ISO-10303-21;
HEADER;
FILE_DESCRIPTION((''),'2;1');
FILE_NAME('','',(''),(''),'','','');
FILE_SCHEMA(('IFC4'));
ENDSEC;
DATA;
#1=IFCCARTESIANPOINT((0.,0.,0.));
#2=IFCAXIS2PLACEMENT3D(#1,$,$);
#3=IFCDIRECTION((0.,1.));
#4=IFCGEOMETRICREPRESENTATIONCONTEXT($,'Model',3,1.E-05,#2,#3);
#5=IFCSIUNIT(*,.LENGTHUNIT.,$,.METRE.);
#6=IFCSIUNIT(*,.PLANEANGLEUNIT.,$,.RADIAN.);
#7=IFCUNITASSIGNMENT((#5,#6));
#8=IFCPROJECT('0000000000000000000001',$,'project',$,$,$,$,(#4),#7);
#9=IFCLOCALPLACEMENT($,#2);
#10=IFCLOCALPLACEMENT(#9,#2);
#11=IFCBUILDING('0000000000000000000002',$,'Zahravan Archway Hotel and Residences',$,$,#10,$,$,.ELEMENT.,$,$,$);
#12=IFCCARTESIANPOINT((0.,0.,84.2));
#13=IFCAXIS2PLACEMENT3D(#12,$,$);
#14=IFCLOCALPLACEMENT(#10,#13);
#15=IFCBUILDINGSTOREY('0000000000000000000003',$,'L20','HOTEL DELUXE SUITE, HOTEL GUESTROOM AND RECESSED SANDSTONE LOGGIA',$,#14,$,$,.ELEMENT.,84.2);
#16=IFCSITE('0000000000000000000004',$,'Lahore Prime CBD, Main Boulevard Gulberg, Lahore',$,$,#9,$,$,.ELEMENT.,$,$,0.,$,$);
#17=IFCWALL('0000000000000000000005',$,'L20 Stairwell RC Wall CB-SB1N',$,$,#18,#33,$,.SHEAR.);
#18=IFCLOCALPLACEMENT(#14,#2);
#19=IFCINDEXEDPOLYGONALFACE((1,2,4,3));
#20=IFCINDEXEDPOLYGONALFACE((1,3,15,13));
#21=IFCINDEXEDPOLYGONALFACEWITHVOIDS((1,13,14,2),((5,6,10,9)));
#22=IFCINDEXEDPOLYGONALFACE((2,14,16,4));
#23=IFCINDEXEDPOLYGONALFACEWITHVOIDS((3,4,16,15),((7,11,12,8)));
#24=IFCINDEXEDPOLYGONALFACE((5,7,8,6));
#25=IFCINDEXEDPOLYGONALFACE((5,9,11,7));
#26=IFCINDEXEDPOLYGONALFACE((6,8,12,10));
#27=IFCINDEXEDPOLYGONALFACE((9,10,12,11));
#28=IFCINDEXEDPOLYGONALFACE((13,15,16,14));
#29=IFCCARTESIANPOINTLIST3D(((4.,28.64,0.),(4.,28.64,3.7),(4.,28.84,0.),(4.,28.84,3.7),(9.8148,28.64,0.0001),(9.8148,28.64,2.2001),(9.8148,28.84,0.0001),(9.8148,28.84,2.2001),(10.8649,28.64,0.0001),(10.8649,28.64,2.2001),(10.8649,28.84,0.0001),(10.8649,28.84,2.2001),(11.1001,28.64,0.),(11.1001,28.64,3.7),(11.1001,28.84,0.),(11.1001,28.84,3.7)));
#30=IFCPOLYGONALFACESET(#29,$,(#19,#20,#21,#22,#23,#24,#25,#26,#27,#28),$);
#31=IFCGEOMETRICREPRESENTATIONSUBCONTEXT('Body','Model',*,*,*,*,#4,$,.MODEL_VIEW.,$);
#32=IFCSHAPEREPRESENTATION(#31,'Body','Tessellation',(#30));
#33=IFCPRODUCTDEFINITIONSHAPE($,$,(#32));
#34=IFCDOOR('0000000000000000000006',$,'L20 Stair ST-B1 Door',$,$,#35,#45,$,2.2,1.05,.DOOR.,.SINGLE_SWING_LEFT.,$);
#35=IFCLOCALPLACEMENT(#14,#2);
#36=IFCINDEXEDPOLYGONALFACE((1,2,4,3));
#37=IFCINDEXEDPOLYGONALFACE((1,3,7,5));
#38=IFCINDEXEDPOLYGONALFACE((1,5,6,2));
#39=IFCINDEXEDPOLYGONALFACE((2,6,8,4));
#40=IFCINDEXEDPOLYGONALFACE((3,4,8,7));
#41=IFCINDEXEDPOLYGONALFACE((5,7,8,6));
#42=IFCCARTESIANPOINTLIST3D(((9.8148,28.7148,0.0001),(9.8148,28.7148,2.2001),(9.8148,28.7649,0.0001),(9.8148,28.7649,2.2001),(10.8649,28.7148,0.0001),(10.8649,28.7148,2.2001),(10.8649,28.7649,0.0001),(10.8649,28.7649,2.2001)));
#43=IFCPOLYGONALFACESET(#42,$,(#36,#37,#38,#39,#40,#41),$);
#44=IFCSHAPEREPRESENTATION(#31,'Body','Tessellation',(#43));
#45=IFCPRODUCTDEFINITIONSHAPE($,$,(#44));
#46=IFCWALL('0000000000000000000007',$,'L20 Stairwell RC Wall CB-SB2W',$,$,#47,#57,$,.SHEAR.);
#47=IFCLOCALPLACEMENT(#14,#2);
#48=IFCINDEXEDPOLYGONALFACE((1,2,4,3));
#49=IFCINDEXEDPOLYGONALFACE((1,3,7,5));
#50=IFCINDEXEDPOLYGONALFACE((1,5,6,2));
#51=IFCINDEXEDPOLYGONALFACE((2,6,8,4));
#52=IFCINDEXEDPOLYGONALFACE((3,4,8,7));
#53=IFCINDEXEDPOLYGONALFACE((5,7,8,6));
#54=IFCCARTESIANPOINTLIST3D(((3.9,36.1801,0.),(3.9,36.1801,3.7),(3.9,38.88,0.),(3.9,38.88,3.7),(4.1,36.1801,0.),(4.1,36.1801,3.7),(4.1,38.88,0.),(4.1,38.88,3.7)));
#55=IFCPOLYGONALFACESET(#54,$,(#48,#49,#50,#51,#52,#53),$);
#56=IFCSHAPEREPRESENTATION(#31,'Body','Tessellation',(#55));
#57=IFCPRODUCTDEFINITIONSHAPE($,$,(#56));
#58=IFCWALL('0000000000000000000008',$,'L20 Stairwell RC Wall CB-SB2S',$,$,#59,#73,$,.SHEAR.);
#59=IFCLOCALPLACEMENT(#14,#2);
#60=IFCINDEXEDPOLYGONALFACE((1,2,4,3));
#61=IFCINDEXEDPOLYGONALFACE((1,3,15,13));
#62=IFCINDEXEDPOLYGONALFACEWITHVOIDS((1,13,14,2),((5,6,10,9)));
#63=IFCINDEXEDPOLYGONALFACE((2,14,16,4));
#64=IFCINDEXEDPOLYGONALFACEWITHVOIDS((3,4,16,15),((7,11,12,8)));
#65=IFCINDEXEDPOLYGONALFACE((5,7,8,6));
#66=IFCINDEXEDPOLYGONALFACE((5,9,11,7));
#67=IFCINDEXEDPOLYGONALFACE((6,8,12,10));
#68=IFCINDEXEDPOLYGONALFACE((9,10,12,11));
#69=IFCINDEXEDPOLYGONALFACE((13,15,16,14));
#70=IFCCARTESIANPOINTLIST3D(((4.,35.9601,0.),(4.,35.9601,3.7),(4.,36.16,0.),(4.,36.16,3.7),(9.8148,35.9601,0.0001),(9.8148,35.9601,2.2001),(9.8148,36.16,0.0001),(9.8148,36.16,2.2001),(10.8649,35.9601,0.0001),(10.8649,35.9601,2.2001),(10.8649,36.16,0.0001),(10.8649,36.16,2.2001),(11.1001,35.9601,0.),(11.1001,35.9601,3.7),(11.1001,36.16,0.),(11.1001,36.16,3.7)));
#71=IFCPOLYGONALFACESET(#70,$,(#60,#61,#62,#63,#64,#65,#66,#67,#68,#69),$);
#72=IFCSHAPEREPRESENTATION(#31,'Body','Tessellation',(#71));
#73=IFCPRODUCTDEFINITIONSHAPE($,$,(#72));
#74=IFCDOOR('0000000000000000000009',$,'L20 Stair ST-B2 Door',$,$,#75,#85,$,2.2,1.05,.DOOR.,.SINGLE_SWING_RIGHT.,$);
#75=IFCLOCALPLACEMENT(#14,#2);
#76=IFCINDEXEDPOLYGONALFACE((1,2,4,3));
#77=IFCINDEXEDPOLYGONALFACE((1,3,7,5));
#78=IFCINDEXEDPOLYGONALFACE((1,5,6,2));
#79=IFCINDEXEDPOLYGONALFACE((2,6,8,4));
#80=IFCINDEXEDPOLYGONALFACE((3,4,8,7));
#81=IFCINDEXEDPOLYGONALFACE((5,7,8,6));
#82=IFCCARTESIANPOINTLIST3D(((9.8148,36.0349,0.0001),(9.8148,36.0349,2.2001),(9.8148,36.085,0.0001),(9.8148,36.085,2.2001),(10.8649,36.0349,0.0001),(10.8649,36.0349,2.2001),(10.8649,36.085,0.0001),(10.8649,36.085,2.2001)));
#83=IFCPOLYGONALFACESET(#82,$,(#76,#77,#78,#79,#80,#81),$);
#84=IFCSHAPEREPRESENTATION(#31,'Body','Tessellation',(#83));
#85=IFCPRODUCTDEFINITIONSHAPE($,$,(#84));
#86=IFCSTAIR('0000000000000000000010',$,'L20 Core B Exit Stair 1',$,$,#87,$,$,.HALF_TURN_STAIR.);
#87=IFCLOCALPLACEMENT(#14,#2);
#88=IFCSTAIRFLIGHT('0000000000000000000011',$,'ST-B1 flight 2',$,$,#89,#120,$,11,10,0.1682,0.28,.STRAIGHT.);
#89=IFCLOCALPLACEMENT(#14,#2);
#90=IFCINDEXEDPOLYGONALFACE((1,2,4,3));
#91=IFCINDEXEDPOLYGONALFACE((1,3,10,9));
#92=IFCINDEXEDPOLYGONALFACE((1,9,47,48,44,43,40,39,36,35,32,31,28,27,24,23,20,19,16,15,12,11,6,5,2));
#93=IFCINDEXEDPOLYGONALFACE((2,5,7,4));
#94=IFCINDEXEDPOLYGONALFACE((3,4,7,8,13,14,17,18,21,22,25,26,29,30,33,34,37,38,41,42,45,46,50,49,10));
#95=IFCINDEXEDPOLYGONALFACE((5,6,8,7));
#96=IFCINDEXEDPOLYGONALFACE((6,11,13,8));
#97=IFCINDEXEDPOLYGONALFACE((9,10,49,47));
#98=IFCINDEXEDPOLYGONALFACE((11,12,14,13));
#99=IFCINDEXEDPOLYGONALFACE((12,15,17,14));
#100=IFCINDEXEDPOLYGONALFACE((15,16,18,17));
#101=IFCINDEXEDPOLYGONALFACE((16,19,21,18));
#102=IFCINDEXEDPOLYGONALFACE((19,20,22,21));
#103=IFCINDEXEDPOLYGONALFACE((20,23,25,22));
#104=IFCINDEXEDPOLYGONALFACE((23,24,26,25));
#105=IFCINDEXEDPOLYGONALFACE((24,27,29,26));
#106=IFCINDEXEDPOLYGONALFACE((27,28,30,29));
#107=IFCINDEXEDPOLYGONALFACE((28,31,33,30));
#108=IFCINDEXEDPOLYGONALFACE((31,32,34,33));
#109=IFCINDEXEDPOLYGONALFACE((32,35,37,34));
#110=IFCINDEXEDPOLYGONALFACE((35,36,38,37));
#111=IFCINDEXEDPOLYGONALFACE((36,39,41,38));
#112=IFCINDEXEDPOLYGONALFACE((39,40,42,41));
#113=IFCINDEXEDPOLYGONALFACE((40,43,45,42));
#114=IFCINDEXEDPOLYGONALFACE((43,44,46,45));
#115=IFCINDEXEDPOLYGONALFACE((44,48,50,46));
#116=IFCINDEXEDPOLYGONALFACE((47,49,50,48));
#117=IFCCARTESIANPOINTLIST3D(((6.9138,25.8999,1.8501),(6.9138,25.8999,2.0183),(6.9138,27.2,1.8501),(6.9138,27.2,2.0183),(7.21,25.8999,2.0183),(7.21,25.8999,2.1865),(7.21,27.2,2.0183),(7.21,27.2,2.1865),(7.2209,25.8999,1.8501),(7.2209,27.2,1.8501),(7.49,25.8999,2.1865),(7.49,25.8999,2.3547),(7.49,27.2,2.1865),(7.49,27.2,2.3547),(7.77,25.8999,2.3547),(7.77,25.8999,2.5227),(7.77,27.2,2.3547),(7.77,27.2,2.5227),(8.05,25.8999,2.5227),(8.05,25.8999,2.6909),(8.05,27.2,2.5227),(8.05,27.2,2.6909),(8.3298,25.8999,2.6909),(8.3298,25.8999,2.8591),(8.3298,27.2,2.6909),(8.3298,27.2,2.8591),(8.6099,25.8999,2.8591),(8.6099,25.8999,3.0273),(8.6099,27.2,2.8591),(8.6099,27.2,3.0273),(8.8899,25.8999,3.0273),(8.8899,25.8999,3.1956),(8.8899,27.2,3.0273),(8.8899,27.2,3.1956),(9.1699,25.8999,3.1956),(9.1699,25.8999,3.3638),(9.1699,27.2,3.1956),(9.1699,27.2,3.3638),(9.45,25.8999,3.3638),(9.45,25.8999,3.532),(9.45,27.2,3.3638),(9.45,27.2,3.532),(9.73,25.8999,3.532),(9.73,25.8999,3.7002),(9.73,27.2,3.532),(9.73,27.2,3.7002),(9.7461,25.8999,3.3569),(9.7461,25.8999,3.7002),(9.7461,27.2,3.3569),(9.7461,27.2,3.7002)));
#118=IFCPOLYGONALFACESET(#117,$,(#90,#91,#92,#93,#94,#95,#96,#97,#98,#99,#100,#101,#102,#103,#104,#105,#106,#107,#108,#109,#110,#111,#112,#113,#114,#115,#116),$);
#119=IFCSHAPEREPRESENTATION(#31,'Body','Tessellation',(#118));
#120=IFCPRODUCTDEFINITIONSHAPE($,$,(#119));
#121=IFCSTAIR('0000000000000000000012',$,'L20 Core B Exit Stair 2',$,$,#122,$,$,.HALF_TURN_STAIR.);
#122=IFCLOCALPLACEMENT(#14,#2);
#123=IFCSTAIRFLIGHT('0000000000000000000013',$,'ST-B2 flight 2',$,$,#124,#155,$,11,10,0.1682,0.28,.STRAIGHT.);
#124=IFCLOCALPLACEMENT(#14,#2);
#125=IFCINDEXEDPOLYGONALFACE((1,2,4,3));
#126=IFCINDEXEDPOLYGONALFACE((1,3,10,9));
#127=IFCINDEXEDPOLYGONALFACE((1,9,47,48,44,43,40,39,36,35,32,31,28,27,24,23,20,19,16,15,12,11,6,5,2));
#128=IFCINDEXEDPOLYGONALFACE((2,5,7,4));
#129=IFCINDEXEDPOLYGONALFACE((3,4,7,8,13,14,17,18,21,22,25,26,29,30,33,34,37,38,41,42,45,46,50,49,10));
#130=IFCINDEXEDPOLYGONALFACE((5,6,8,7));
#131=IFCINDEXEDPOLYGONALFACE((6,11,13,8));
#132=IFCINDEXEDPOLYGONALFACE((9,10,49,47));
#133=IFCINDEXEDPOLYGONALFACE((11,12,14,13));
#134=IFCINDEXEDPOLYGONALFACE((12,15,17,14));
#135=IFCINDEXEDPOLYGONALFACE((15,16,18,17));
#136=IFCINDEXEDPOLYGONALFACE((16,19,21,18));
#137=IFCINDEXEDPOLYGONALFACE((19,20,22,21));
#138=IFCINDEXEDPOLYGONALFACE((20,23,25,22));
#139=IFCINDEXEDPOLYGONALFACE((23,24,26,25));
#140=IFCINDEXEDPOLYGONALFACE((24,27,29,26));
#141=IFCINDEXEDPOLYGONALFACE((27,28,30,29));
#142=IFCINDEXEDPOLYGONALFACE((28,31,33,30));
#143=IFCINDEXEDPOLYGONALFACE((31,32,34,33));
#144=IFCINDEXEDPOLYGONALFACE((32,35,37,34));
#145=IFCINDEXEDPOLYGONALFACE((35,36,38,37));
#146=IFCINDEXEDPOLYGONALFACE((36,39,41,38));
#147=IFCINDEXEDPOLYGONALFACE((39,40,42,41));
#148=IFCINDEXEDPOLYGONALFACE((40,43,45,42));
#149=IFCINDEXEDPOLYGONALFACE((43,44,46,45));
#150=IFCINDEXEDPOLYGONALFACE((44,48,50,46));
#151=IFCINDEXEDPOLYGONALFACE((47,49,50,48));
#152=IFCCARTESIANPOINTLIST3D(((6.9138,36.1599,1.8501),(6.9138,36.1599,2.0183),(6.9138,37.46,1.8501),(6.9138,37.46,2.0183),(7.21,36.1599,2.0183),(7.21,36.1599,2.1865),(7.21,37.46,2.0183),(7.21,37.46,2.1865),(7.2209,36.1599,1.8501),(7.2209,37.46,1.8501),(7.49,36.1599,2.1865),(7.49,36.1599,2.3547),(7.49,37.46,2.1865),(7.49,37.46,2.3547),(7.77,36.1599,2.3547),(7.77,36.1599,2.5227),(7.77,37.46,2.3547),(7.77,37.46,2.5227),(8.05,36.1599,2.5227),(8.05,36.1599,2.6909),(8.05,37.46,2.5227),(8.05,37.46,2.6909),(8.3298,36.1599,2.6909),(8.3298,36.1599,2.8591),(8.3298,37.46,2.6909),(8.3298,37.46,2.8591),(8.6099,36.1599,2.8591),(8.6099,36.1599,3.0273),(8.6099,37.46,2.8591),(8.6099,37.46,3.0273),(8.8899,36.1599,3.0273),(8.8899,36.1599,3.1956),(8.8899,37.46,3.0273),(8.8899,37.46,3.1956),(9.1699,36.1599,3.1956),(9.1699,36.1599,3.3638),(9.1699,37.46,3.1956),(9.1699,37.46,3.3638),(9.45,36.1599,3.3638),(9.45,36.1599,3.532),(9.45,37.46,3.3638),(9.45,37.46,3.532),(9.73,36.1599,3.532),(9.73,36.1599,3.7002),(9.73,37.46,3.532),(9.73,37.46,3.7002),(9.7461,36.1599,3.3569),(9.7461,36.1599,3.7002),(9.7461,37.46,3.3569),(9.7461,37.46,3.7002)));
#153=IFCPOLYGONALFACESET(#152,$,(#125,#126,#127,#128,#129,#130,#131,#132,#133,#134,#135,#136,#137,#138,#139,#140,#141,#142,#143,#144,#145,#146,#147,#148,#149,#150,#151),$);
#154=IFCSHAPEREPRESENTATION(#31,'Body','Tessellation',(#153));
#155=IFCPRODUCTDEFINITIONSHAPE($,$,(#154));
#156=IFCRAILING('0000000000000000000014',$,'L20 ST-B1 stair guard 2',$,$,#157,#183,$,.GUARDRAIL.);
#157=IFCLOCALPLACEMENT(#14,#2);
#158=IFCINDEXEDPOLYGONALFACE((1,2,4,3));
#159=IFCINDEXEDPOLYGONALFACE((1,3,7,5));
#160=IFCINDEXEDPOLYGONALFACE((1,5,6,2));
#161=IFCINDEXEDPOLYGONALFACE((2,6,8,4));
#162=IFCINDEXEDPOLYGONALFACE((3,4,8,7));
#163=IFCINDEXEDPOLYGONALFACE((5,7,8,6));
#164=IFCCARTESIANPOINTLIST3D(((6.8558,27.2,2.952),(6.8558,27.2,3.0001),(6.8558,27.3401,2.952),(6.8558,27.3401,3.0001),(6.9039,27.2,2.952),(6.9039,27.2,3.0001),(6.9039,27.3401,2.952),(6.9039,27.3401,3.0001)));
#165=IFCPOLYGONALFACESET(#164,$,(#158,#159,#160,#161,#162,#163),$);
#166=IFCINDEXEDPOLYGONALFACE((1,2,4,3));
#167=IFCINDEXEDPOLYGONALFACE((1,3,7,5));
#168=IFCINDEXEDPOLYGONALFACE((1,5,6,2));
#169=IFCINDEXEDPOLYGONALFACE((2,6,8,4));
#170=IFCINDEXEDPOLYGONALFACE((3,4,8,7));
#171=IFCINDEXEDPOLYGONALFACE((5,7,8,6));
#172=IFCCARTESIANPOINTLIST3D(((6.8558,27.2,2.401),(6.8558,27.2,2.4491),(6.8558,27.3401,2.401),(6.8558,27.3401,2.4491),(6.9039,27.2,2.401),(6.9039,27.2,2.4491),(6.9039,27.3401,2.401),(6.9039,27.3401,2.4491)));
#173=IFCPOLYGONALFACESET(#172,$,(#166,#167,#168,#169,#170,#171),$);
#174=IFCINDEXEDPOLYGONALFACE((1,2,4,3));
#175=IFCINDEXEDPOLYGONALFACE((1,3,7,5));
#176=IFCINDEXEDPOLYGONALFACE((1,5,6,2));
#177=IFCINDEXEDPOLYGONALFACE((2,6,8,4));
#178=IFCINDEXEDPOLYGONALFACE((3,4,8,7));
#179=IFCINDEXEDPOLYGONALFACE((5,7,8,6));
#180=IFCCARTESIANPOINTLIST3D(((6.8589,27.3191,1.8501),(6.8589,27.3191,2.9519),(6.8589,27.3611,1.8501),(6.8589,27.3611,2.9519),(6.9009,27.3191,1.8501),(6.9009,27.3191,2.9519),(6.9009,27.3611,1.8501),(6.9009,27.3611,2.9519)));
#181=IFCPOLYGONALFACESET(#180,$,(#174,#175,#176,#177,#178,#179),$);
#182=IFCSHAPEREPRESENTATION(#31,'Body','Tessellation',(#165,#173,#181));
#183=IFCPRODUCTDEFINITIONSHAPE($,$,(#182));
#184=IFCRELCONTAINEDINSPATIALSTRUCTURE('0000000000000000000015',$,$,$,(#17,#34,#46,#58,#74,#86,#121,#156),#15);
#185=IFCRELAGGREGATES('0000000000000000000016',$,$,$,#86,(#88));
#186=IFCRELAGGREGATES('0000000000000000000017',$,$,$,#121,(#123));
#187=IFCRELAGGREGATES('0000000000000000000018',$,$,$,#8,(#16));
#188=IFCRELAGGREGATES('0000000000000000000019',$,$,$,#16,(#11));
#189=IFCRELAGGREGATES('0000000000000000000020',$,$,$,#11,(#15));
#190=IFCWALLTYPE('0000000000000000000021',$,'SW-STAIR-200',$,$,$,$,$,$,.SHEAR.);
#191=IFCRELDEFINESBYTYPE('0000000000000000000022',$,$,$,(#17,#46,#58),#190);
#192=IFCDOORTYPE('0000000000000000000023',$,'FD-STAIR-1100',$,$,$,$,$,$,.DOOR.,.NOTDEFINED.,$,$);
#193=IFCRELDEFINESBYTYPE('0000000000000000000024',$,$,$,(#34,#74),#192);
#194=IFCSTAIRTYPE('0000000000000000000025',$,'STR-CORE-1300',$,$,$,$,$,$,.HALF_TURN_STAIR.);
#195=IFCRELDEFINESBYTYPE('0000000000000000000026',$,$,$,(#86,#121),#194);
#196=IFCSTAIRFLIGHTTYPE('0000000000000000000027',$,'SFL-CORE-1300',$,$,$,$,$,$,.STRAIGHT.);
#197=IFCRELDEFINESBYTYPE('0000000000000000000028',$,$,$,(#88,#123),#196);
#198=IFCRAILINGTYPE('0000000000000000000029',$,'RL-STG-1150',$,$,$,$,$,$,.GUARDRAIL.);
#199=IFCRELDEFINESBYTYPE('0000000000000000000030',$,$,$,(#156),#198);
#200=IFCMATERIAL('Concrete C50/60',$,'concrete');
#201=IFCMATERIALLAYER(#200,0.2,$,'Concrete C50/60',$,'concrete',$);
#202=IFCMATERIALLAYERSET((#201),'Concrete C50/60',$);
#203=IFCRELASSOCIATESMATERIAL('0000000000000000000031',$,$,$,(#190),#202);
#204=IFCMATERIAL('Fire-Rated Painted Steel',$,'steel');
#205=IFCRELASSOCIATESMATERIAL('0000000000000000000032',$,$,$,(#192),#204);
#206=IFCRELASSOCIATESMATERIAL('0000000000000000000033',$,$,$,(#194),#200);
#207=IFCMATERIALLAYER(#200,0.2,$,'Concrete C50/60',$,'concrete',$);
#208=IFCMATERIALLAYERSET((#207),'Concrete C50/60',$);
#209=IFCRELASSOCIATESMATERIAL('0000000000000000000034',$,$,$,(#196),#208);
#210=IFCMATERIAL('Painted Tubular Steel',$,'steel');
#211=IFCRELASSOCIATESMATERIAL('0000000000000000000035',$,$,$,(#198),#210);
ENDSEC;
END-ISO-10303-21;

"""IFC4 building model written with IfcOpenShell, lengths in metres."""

from ifc_helpers import new_model, si_unit, direction, frame, frame_2d, origin, origin_2d, place, context, subcontext, project, spatial, polyline, rectangle, outline, extrude, source, transform, mapped, material, layer, layer_set, type_object, type_shapes, element, fill, aggregate, save


model = new_model("IFC4")

# Units and contexts
model_context = context("Model", 3, precision=1e-05, world=origin(), true_north=direction((0.0, 1.0)))
body_context = subcontext(model_context, "Body", "Model", "MODEL_VIEW")
ifc_project = project(units=[si_unit("LENGTHUNIT", "METRE"), si_unit("PLANEANGLEUNIT", "RADIAN")], contexts=[model_context])

# Site, building, storey
site_placement = place(None, origin())
site = spatial("IfcSite", under=ifc_project, at=site_placement, Name="Lahore Prime CBD, Main Boulevard Gulberg, Lahore", CompositionType="ELEMENT", RefElevation=0.0)
building_placement = place(site_placement, origin())
building = spatial("IfcBuilding", under=site, at=building_placement, Name="Zahravan Archway Hotel and Residences", CompositionType="ELEMENT")
storey_placement = place(building_placement, frame((0.0, 0.0, 84.2)))
storey = spatial("IfcBuildingStorey", under=building, at=storey_placement, Name="L20", Description="HOTEL DELUXE SUITE, HOTEL GUESTROOM AND RECESSED SANDSTONE LOGGIA", CompositionType="ELEMENT", Elevation=84.2)

# Shared definitions
ifc_material_1 = material(Name="Fire-Rated Painted Steel", Category="steel")

# Shared definitions
ifc_material_2 = material(Name="Concrete C50/60", Category="concrete")
ifc_layer_1 = layer(ifc_material_2, 0.2, Name="Concrete C50/60", Category="concrete")
ifc_layer_set_1 = layer_set([ifc_layer_1], Name="Concrete C50/60")
wall_type_1 = type_object("IfcWallType", Name="SW-STAIR-200", PredefinedType="SHEAR", material=ifc_layer_set_1)

# Wall, opening, door
wall_1_placement = place(storey_placement, frame((4.0, 28.74, 0.0), z_axis=(0.0, 0.0, 1.0), x_axis=(1.0, 0.0, 0.0)))
wall_1 = element("IfcWall", 1, at=wall_1_placement, inside=storey, type_object=wall_type_1, Name="L20 Stairwell RC Wall CB-SB1N", PredefinedType="SHEAR", context=body_context, shape_type="SweptSolid", body=[
    extrude(rectangle(XDim=7.1001, YDim=0.2, at=frame_2d((3.55, 0.0))), origin(), (0.0, 0.0, 1.0), 3.7),
])
opening_1_placement = place(wall_1_placement, frame((5.8149, 0.0, 0.0)))
opening_1 = element("IfcOpeningElement", 2, at=opening_1_placement, cuts=wall_1, PredefinedType="OPENING", context=body_context, shape_type="SweptSolid", body=[
    extrude(rectangle(XDim=1.05, YDim=2.2, at=frame_2d((0.5249, 1.1001))), frame((0.0, 0.1099, 0.0), z_axis=(0.0, -1.0, 0.0), x_axis=(1.0, 0.0, 0.0)), (0.0, 0.0, 1.0), 0.22),
])
door_type_1 = type_object("IfcDoorType", Name="FD-STAIR-1100", OperationType="NOTDEFINED", PredefinedType="DOOR", material=ifc_material_1)
shared_shape_1 = source(origin(), body_context, "Body", "SweptSolid", [
    extrude(rectangle(XDim=1.05, YDim=2.2, at=frame_2d((0.5249, 1.1001))), frame((0.0, 0.0249, 0.0), z_axis=(0.0, -1.0, 0.0), x_axis=(1.0, 0.0, 0.0)), (0.0, 0.0, 1.0), 0.05),
])
type_shapes(door_type_1, [shared_shape_1])
door_1_placement = place(opening_1_placement, origin())
door_1 = element("IfcDoor", 3, at=door_1_placement, inside=storey, type_object=door_type_1, Name="L20 Stair ST-B1 Door", OperationType="SINGLE_SWING_LEFT", OverallHeight=2.2, OverallWidth=1.05, PredefinedType="DOOR", context=body_context, shape_type="MappedRepresentation", body=[
    mapped(shared_shape_1, transform((0.0, 0.0, 0.0), scale=1.0)),
])
fill(opening_1, door_1)

# Wall
wall_2_placement = place(storey_placement, frame((4.0, 36.1799, 0.0), z_axis=(0.0, 0.0, 1.0), x_axis=(0.0, 1.0, 0.0)))
element("IfcWall", 4, at=wall_2_placement, inside=storey, type_object=wall_type_1, Name="L20 Stairwell RC Wall CB-SB2W", PredefinedType="SHEAR", context=body_context, shape_type="SweptSolid", body=[
    extrude(rectangle(XDim=2.7, YDim=0.2, at=frame_2d((1.3501, 0.0))), origin(), (0.0, 0.0, 1.0), 3.7),
])

# Wall, opening, door
wall_3_placement = place(storey_placement, frame((4.0, 36.0601, 0.0), z_axis=(0.0, 0.0, 1.0), x_axis=(1.0, 0.0, 0.0)))
wall_3 = element("IfcWall", 5, at=wall_3_placement, inside=storey, type_object=wall_type_1, Name="L20 Stairwell RC Wall CB-SB2S", PredefinedType="SHEAR", context=body_context, shape_type="SweptSolid", body=[
    extrude(rectangle(XDim=7.1001, YDim=0.2, at=frame_2d((3.55, 0.0))), origin(), (0.0, 0.0, 1.0), 3.7),
])
opening_2_placement = place(wall_3_placement, frame((5.8149, 0.0, 0.0)))
opening_2 = element("IfcOpeningElement", 6, at=opening_2_placement, cuts=wall_3, PredefinedType="OPENING", context=body_context, shape_type="SweptSolid", body=[
    extrude(rectangle(XDim=1.05, YDim=2.2, at=frame_2d((0.5249, 1.1001))), frame((0.0, 0.1099, 0.0), z_axis=(0.0, -1.0, 0.0), x_axis=(1.0, 0.0, 0.0)), (0.0, 0.0, 1.0), 0.22),
])
door_2_placement = place(opening_2_placement, origin())
door_2 = element("IfcDoor", 7, at=door_2_placement, inside=storey, type_object=door_type_1, Name="L20 Stair ST-B2 Door", OperationType="SINGLE_SWING_RIGHT", OverallHeight=2.2, OverallWidth=1.05, PredefinedType="DOOR", context=body_context, shape_type="MappedRepresentation", body=[
    mapped(shared_shape_1, transform((0.0, 0.0, 0.0), scale=1.0)),
])
fill(opening_2, door_2)

# Stairs, stair flights
stair_type = type_object("IfcStairType", Name="STR-CORE-1300", PredefinedType="HALF_TURN_STAIR", material=ifc_material_2)
stair_1_placement = place(storey_placement, origin())
stair_1 = element("IfcStair", 8, at=stair_1_placement, inside=storey, type_object=stair_type, Name="L20 Core B Exit Stair 1", PredefinedType="HALF_TURN_STAIR")
ifc_layer_2 = layer(ifc_material_2, 0.2, Name="Concrete C50/60", Category="concrete")
ifc_layer_set_2 = layer_set([ifc_layer_2], Name="Concrete C50/60")
stair_flight_type = type_object("IfcStairFlightType", Name="SFL-CORE-1300", PredefinedType="STRAIGHT", material=ifc_layer_set_2)
shared_shape_2 = source(origin(), body_context, "Body", "SweptSolid", [
    extrude(outline(polyline([(-0.0161, 0.0), (-0.0161, 0.1682), (0.28, 0.1682), (0.28, 0.3364), (0.5601, 0.3364), (0.5601, 0.5046), (0.8401, 0.5046), (0.8401, 0.6726), (1.1201, 0.6726), (1.1201, 0.8408), (1.3999, 0.8408), (1.3999, 1.009), (1.6799, 1.009), (1.6799, 1.1772), (1.96, 1.1772), (1.96, 1.3455), (2.24, 1.3455), (2.24, 1.5137), (2.52, 1.5137), (2.52, 1.6819), (2.8, 1.6819), (2.8, 1.8501), (2.8162, 1.8501), (2.8162, 1.5068), (0.291, 0.0), (-0.0161, 0.0)])), frame((0.0, 0.6499, 0.0), z_axis=(0.0, -1.0, 0.0), x_axis=(1.0, 0.0, 0.0)), (0.0, 0.0, 1.0), 1.3),
])
stair_flight_1_placement = place(storey_placement, frame((6.9299, 26.55, 1.8501), z_axis=(0.0, 0.0, 1.0), x_axis=(1.0, 0.0, 0.0)))
stair_flight_1 = element("IfcStairFlight", 9, at=stair_flight_1_placement, type_object=stair_flight_type, Name="ST-B1 flight 2", NumberOfRisers=11, NumberOfTreads=10, PredefinedType="STRAIGHT", RiserHeight=0.1682, TreadLength=0.28, context=body_context, shape_type="MappedRepresentation", body=[
    mapped(shared_shape_2, transform((0.0, 0.0, 0.0), scale=1.0)),
])
aggregate(stair_1, [stair_flight_1])
stair_2_placement = place(storey_placement, origin())
stair_2 = element("IfcStair", 10, at=stair_2_placement, inside=storey, type_object=stair_type, Name="L20 Core B Exit Stair 2", PredefinedType="HALF_TURN_STAIR")
stair_flight_2_placement = place(storey_placement, frame((6.9299, 36.8101, 1.8501), z_axis=(0.0, 0.0, 1.0), x_axis=(1.0, 0.0, 0.0)))
stair_flight_2 = element("IfcStairFlight", 11, at=stair_flight_2_placement, type_object=stair_flight_type, Name="ST-B2 flight 2", NumberOfRisers=11, NumberOfTreads=10, PredefinedType="STRAIGHT", RiserHeight=0.1682, TreadLength=0.28, context=body_context, shape_type="MappedRepresentation", body=[
    mapped(shared_shape_2, transform((0.0, 0.0, 0.0), scale=1.0)),
])
aggregate(stair_2, [stair_flight_2])

# Railing
ifc_material_3 = material(Name="Painted Tubular Steel", Category="steel")
railing_type_1 = type_object("IfcRailingType", Name="RL-STG-1150", PredefinedType="GUARDRAIL", material=ifc_material_3)
railing_placement = place(storey_placement, frame((6.8799, 27.3401, 1.8501)))
element("IfcRailing", 12, at=railing_placement, inside=storey, type_object=railing_type_1, Name="L20 ST-B1 stair guard 2", PredefinedType="GUARDRAIL", context=body_context, shape_type="SweptSolid", body=[
    extrude(rectangle(XDim=0.0481, YDim=0.0481, at=origin_2d()), frame((0.0, 0.0, 1.126), z_axis=(0.0, -1.0, 0.0), x_axis=(1.0, 0.0, 0.0)), (0.0, 0.0, 1.0), 0.1401),
    extrude(rectangle(XDim=0.0481, YDim=0.0481, at=origin_2d()), frame((0.0, 0.0, 0.575), z_axis=(0.0, -1.0, 0.0), x_axis=(1.0, 0.0, 0.0)), (0.0, 0.0, 1.0), 0.1401),
    extrude(rectangle(XDim=0.042, YDim=0.042, at=origin_2d()), origin(), (0.0, 0.0, 1.0), 1.1018),
])

save(model, "model.ifc")
